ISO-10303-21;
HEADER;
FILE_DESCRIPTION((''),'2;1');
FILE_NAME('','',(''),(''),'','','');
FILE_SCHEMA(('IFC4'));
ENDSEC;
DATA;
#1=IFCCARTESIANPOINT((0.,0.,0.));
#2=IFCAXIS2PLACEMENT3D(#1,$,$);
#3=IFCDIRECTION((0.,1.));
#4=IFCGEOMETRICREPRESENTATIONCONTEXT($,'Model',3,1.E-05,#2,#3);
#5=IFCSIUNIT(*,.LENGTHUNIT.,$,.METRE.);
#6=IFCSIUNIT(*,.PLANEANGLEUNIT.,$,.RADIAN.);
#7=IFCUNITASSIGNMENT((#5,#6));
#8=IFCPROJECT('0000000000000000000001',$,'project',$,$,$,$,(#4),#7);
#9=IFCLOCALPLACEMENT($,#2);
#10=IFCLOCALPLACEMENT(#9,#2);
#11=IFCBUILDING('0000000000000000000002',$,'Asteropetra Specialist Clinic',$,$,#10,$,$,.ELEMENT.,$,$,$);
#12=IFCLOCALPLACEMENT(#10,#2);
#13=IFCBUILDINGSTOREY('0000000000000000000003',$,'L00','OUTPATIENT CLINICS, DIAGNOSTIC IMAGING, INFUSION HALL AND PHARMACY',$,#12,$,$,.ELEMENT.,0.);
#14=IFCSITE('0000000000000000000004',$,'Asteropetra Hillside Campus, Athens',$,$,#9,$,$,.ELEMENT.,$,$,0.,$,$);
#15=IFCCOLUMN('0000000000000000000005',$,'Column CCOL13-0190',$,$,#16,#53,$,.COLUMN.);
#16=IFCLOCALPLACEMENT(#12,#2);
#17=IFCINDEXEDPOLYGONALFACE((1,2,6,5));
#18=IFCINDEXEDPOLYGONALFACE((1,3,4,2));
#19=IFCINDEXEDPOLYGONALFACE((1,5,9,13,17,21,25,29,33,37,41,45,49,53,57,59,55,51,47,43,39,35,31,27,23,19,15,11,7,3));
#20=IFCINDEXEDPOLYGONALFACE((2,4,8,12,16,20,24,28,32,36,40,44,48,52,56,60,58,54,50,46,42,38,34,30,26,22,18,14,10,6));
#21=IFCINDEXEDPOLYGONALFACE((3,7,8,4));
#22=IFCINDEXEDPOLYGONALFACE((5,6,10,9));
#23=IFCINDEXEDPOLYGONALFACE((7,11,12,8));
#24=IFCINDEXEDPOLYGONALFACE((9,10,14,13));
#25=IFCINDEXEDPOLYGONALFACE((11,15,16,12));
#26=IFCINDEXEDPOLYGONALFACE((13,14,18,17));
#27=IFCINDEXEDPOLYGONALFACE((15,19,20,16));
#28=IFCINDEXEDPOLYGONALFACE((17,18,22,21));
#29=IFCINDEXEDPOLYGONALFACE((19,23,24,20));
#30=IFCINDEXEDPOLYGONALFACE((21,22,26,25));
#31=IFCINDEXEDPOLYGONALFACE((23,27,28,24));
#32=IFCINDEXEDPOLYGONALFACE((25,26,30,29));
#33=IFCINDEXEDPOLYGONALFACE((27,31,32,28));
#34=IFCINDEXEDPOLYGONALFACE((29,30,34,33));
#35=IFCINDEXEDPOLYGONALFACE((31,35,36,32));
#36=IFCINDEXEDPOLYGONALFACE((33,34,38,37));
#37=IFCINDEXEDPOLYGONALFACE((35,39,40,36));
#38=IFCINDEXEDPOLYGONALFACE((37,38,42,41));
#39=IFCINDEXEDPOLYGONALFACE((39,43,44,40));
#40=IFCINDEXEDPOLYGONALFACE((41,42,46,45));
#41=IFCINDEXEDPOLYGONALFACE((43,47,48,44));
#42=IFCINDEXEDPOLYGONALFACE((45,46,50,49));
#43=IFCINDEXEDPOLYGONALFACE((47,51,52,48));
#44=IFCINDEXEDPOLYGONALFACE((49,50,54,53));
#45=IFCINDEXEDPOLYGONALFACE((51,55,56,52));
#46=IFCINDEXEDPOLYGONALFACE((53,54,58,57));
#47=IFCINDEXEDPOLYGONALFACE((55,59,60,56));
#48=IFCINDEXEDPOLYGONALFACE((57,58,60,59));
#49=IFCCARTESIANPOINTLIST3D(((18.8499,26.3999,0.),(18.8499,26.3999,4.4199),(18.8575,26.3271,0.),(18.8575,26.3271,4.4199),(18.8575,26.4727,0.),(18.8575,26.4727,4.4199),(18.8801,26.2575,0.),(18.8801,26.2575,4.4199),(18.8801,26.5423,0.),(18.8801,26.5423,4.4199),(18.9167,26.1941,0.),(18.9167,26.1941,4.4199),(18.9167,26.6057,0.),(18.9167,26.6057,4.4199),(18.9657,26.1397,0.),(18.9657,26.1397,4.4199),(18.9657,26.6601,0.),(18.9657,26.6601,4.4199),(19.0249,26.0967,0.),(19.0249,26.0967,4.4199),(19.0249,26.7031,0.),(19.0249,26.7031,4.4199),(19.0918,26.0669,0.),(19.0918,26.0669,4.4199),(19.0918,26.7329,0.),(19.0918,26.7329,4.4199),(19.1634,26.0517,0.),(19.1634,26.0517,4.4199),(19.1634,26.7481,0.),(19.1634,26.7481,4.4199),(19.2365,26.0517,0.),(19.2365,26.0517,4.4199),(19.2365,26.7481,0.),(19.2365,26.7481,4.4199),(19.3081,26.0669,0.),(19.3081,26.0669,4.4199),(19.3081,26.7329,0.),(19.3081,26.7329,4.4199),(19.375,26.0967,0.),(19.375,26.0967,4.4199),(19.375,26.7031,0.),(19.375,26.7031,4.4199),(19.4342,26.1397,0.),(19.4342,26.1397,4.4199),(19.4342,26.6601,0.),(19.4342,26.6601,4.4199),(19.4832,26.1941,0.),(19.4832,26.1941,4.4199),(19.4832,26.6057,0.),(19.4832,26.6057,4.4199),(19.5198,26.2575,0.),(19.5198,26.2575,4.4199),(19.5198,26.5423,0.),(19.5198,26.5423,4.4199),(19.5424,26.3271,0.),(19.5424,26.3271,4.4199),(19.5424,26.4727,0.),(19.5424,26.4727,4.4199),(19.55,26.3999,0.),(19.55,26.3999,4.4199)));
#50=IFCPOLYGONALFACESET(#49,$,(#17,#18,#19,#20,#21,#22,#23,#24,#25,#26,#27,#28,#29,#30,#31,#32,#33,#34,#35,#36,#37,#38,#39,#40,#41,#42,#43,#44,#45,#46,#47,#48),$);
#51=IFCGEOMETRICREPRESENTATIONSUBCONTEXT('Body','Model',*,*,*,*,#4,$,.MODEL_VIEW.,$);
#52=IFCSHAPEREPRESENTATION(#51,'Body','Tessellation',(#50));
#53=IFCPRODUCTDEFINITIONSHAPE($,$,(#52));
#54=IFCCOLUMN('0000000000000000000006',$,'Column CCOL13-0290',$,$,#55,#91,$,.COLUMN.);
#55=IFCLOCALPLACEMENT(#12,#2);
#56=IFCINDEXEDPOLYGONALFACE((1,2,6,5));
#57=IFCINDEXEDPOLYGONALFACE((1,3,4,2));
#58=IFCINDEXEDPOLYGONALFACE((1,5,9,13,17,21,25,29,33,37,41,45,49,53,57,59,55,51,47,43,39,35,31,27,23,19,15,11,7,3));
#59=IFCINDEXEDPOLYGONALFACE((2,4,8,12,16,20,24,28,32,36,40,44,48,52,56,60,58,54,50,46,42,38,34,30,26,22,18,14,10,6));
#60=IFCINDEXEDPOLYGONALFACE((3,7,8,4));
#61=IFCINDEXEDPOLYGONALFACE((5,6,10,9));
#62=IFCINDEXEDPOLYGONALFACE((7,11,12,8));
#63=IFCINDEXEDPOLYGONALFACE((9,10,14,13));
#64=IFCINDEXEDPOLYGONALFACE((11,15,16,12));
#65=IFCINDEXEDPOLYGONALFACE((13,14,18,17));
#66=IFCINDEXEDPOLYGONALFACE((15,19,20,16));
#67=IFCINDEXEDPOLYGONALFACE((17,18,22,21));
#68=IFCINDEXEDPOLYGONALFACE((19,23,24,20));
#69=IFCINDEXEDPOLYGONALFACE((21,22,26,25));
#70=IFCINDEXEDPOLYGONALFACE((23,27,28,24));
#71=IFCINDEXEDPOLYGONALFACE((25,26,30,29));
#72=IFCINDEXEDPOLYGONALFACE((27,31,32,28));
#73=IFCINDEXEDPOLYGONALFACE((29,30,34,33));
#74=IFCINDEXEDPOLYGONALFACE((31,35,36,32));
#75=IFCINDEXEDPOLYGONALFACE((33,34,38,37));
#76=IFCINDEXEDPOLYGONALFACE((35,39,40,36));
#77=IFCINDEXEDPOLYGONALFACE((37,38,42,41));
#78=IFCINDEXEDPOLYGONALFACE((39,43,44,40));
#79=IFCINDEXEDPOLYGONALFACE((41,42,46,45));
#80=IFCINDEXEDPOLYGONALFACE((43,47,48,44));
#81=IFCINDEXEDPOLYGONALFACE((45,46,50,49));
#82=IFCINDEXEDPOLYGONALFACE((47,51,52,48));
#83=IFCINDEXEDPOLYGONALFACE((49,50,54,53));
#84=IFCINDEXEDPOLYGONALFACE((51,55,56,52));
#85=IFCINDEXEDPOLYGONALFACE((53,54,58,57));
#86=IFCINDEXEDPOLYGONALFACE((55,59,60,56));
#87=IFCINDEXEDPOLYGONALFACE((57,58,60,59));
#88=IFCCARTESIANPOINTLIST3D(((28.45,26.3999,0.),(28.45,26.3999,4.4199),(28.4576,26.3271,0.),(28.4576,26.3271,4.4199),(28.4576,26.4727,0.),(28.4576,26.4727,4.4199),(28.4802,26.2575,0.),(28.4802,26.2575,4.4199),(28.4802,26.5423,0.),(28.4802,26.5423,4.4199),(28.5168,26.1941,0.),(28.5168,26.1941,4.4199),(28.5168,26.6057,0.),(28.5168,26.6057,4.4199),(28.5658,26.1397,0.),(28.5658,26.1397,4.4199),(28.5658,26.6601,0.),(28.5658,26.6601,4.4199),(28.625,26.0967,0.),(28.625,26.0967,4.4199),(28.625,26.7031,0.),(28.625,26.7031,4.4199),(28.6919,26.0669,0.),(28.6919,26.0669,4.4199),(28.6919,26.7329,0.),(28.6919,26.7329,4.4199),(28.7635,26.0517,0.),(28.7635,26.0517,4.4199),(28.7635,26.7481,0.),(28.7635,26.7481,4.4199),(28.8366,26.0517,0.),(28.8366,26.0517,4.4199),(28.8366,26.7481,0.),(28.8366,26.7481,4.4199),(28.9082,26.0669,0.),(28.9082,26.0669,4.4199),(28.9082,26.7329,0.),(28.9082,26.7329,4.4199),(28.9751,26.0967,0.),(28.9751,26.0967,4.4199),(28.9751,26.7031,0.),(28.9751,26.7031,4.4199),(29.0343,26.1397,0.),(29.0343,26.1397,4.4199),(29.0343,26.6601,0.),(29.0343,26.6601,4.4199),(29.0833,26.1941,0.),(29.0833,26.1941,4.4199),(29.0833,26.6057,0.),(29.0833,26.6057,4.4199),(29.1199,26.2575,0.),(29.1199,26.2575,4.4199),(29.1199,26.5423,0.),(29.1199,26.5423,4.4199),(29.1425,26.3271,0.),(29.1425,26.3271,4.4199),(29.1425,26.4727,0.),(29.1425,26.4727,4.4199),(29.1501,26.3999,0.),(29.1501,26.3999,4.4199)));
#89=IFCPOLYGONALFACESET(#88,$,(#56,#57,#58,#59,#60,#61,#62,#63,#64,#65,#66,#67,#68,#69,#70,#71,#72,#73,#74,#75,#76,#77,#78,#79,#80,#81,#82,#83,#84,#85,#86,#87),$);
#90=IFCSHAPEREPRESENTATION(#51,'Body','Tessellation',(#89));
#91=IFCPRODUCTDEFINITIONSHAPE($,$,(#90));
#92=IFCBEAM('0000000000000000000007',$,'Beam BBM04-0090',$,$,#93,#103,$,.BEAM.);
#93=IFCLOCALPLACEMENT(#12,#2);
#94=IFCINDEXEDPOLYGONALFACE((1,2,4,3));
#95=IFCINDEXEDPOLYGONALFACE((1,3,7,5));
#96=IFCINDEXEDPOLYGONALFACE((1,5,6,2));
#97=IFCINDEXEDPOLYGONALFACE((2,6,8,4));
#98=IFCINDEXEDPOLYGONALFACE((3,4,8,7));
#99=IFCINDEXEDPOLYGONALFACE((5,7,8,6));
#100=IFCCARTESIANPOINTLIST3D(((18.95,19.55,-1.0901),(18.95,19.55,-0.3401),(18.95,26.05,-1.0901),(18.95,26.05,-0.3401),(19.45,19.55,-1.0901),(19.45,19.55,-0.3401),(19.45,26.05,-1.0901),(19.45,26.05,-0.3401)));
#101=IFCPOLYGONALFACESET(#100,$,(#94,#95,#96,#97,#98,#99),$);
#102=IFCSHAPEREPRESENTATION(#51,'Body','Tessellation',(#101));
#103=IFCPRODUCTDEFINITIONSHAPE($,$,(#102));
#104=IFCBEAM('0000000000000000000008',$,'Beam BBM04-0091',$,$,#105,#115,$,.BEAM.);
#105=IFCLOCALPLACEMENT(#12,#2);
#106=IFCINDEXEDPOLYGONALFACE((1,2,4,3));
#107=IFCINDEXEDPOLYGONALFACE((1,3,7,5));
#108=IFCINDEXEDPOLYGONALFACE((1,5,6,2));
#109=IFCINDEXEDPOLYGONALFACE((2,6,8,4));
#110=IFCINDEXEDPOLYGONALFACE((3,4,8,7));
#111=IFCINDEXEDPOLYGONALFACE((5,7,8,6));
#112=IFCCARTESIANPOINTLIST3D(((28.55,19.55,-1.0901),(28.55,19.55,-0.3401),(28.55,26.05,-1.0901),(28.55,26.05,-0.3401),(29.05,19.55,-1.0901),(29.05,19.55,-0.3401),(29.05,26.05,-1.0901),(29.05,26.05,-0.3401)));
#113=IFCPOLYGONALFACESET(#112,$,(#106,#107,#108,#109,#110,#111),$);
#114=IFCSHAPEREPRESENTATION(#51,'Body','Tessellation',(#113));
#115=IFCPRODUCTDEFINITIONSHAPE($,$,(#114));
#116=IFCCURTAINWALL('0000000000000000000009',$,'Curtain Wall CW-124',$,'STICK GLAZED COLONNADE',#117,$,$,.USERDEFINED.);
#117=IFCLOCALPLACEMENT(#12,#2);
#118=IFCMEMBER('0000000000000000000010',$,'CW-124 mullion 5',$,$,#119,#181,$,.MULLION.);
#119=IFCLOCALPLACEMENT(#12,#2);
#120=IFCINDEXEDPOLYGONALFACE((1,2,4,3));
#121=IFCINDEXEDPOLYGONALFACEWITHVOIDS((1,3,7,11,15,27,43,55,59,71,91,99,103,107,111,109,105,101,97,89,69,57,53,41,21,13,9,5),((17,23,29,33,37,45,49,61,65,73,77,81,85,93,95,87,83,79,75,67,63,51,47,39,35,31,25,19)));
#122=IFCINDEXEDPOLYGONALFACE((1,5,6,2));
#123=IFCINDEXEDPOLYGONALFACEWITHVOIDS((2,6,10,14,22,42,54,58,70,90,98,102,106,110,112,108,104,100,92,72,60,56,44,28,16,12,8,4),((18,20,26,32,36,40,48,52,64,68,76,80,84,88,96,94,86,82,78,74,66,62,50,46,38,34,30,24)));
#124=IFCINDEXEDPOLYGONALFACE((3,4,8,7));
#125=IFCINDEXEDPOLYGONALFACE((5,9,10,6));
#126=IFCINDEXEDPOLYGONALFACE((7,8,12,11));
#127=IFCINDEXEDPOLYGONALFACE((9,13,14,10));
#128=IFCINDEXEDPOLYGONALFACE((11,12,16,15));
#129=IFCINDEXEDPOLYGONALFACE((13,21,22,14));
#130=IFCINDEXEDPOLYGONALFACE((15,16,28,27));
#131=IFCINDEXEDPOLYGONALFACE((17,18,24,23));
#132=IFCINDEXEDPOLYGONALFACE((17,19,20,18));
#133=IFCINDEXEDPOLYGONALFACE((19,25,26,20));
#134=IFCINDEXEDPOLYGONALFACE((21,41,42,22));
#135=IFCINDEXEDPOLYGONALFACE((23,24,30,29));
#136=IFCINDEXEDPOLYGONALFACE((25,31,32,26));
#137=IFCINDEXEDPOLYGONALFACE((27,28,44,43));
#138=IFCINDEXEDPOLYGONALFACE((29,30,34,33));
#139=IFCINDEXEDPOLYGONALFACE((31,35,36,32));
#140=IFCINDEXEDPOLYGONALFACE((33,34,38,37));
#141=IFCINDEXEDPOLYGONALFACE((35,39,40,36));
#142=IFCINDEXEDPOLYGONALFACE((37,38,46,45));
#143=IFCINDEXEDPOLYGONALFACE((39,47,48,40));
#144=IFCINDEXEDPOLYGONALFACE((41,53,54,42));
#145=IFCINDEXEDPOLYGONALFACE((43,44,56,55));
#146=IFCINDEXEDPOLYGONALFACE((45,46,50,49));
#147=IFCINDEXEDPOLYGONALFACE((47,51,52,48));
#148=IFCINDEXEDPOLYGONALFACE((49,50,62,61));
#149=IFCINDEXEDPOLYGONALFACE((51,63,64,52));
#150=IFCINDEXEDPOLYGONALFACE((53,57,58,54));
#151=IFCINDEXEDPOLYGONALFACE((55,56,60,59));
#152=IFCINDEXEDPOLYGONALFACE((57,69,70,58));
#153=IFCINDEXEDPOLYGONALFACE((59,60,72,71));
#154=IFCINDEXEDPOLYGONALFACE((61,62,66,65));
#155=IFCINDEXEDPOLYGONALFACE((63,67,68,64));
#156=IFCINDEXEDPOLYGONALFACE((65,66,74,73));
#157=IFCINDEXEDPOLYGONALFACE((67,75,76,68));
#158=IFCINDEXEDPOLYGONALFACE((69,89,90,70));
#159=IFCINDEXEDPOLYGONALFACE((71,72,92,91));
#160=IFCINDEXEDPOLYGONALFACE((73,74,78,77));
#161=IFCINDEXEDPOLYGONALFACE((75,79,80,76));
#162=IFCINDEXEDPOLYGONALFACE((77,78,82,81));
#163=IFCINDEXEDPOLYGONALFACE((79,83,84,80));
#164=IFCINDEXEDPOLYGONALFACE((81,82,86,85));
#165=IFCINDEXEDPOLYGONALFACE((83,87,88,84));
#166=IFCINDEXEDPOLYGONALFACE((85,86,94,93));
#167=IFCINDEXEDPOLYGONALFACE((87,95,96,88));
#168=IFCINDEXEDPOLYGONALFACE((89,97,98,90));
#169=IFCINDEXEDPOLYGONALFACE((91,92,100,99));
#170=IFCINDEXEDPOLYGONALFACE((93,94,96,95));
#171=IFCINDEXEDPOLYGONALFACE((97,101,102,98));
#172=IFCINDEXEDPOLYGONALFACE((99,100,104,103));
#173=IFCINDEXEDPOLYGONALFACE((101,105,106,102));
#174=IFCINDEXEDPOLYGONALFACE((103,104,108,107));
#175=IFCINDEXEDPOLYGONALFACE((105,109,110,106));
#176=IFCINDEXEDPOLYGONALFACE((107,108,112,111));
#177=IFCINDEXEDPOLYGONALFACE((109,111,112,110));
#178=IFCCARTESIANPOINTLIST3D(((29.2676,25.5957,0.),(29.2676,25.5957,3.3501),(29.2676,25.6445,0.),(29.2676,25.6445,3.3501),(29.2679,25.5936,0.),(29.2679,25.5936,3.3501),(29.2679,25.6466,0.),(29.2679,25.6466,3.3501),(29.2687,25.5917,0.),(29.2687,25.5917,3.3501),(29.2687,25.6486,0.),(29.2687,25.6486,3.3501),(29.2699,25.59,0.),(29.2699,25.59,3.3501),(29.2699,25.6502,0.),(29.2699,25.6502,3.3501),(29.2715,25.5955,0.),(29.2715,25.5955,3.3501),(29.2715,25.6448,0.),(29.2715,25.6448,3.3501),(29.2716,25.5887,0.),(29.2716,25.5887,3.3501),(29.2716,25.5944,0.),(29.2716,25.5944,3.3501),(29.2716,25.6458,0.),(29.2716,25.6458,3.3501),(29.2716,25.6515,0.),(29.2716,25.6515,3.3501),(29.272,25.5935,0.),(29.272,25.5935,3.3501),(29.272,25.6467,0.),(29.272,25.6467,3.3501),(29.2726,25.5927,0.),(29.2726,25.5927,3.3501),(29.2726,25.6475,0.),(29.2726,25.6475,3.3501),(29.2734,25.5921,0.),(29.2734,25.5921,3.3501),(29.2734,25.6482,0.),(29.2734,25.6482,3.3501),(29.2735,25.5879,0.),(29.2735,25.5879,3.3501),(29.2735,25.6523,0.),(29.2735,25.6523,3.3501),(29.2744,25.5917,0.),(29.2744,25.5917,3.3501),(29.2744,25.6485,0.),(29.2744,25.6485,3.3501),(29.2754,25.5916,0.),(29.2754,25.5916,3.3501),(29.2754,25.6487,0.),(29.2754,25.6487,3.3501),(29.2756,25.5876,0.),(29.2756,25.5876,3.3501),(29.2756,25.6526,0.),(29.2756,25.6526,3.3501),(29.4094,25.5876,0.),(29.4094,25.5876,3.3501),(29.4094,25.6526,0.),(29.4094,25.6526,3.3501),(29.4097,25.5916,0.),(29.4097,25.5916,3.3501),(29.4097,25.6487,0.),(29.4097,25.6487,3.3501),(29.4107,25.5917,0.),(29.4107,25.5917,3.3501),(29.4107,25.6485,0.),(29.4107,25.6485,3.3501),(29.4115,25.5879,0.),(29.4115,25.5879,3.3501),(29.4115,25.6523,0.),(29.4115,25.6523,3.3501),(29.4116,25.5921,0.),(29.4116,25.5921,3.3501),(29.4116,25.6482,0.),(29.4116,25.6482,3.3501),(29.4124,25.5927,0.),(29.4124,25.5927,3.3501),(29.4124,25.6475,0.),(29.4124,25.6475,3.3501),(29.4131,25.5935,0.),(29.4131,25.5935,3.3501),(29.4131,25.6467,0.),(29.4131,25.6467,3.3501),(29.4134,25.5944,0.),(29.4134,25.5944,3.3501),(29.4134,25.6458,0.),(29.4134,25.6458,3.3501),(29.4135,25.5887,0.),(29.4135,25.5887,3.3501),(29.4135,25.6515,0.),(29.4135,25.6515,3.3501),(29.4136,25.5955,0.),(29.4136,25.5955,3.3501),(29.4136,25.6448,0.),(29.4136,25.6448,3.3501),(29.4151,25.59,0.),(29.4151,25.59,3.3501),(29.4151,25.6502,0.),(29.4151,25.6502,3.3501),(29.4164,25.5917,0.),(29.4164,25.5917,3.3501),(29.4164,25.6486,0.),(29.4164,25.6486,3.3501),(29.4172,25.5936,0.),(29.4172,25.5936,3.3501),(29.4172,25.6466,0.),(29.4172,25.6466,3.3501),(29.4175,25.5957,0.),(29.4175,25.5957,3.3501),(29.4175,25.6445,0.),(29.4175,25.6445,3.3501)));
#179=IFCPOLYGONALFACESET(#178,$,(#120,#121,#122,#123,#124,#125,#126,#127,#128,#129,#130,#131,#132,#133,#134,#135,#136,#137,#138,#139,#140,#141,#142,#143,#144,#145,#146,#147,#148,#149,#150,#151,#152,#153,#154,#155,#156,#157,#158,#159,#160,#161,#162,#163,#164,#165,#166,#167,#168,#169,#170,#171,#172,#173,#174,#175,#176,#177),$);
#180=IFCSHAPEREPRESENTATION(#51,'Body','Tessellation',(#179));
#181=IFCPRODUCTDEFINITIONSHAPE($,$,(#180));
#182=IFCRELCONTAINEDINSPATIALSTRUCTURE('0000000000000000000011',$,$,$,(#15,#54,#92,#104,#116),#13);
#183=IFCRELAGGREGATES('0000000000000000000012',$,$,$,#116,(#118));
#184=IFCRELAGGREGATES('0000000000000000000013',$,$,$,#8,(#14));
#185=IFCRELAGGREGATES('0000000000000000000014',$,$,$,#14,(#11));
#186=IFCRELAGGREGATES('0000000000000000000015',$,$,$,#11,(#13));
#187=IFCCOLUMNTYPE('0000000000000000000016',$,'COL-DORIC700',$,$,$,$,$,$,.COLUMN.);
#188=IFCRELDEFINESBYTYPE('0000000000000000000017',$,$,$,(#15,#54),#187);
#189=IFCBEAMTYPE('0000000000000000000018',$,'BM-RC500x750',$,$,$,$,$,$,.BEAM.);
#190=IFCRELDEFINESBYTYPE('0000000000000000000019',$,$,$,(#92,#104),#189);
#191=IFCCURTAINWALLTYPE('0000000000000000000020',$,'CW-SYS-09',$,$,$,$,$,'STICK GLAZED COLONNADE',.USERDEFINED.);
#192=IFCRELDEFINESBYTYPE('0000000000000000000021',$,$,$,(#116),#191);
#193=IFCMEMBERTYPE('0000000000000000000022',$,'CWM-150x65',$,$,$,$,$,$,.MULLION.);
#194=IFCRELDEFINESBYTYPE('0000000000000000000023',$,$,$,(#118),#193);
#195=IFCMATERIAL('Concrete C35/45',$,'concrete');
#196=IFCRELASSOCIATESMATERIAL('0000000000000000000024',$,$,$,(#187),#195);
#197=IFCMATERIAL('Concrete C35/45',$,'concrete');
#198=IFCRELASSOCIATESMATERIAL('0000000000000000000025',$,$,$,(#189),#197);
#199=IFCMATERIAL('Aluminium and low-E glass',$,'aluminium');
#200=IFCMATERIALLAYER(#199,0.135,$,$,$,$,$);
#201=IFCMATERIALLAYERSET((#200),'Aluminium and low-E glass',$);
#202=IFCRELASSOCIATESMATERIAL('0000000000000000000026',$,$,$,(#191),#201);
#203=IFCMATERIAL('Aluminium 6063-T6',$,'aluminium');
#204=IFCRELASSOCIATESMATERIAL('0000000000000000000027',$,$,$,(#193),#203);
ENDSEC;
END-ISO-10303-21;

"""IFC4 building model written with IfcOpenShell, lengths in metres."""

from ifc_helpers import new_model, si_unit, direction, frame, origin, origin_2d, place, context, subcontext, project, spatial, rectangle, hollow_rectangle, circle, extrude, material, layer, layer_set, material_profile, profile_set, type_object, element, aggregate, save


model = new_model("IFC4")

# Units and contexts
model_context = context("Model", 3, precision=1e-05, world=origin(), true_north=direction((0.0, 1.0)))
body_context = subcontext(model_context, "Body", "Model", "MODEL_VIEW")
ifc_project = project(units=[si_unit("LENGTHUNIT", "METRE"), si_unit("PLANEANGLEUNIT", "RADIAN")], contexts=[model_context])

# Site, building, storey
site_placement = place(None, origin())
site = spatial("IfcSite", under=ifc_project, at=site_placement, Name="Asteropetra Hillside Campus, Athens", CompositionType="ELEMENT", RefElevation=0.0)
building_placement = place(site_placement, origin())
building = spatial("IfcBuilding", under=site, at=building_placement, Name="Asteropetra Specialist Clinic", CompositionType="ELEMENT")
storey_placement = place(building_placement, origin())
storey = spatial("IfcBuildingStorey", under=building, at=storey_placement, Name="L00", Description="OUTPATIENT CLINICS, DIAGNOSTIC IMAGING, INFUSION HALL AND PHARMACY", CompositionType="ELEMENT", Elevation=0.0)

# Columns
ifc_material_1 = material(Name="Concrete C35/45", Category="concrete")
ifc_material_profile_1 = material_profile(ifc_material_1, circle(Radius=0.3501, at=origin_2d()), Name="RCC D700")
ifc_profile_set_1 = profile_set([ifc_material_profile_1], Name="Concrete C35/45")
column_type = type_object("IfcColumnType", Name="COL-DORIC700", PredefinedType="COLUMN", material=ifc_profile_set_1)
for number, where, z_axis, x_axis, name in (
    (1, (19.2, 26.3999, 0.0), (0.0, 0.0, 1.0), (1.0, 0.0, 0.0), "Column CCOL13-0190"),
    (2, (28.8, 26.3999, 0.0), (0.0, 0.0, 1.0), (1.0, 0.0, 0.0), "Column CCOL13-0290"),
):
    element("IfcColumn", number, at=place(storey_placement, frame(where, z_axis=z_axis, x_axis=x_axis)), inside=storey, type_object=column_type, Name=name, PredefinedType="COLUMN", context=body_context, shape_type="SweptSolid", body=[
        extrude(circle(Radius=0.3501, at=origin_2d()), origin(), (0.0, 0.0, 1.0), 4.4199),
    ])

# Beams
ifc_material_2 = material(Name="Concrete C35/45", Category="concrete")
ifc_material_profile_2 = material_profile(ifc_material_2, rectangle(XDim=0.5, YDim=0.75, at=origin_2d()), Name="RCB 500x750")
ifc_profile_set_2 = profile_set([ifc_material_profile_2], Name="Concrete C35/45")
beam_type_1 = type_object("IfcBeamType", Name="BM-RC500x750", PredefinedType="BEAM", material=ifc_profile_set_2)
for number, where, z_axis, x_axis, name in (
    (3, (19.2, 19.55, -0.7151), (0.0, 1.0, 0.0), (-1.0, 0.0, 0.0), "Beam BBM04-0090"),
    (4, (28.8, 19.55, -0.7151), (0.0, 1.0, 0.0), (-1.0, 0.0, 0.0), "Beam BBM04-0091"),
):
    element("IfcBeam", number, at=place(storey_placement, frame(where, z_axis=z_axis, x_axis=x_axis)), inside=storey, type_object=beam_type_1, Name=name, PredefinedType="BEAM", context=body_context, shape_type="SweptSolid", body=[
        extrude(rectangle(XDim=0.5, YDim=0.75, at=origin_2d()), origin(), (0.0, 0.0, 1.0), 6.5),
    ])

# Curtain wall, member
ifc_material_3 = material(Name="Aluminium and low-E glass", Category="aluminium")
ifc_layer_1 = layer(ifc_material_3, 0.135)
ifc_layer_set_1 = layer_set([ifc_layer_1], Name="Aluminium and low-E glass")
curtain_wall_type = type_object("IfcCurtainWallType", Name="CW-SYS-09", ElementType="STICK GLAZED COLONNADE", PredefinedType="USERDEFINED", material=ifc_layer_set_1)
curtain_wall_placement = place(storey_placement, origin())
curtain_wall = element("IfcCurtainWall", 5, at=curtain_wall_placement, inside=storey, type_object=curtain_wall_type, Name="Curtain Wall CW-124", ObjectType="STICK GLAZED COLONNADE", PredefinedType="USERDEFINED")
ifc_material_4 = material(Name="Aluminium 6063-T6", Category="aluminium")
ifc_material_profile_3 = material_profile(ifc_material_4, hollow_rectangle(XDim=0.0649, YDim=0.1499, WallThickness=0.0039, InnerFilletRadius=0.0039, OuterFilletRadius=0.0081, at=origin_2d()), Name="MUL 150x65x4.0")
ifc_profile_set_3 = profile_set([ifc_material_profile_3], Name="Aluminium 6063-T6")
member_type_1 = type_object("IfcMemberType", Name="CWM-150x65", PredefinedType="MULLION", material=ifc_profile_set_3)
member_1_placement = place(storey_placement, frame((29.3425, 25.6201, 0.0), z_axis=(0.0, 0.0, 1.0), x_axis=(0.0, -1.0, 0.0)))
member_1 = element("IfcMember", 6, at=member_1_placement, type_object=member_type_1, Name="CW-124 mullion 5", PredefinedType="MULLION", context=body_context, shape_type="SweptSolid", body=[
    extrude(hollow_rectangle(XDim=0.0649, YDim=0.1499, WallThickness=0.0039, InnerFilletRadius=0.0039, OuterFilletRadius=0.0081, at=origin_2d()), origin(), (0.0, 0.0, 1.0), 3.3501),
])

aggregate(curtain_wall, [member_1])

save(model, "model.ifc")
